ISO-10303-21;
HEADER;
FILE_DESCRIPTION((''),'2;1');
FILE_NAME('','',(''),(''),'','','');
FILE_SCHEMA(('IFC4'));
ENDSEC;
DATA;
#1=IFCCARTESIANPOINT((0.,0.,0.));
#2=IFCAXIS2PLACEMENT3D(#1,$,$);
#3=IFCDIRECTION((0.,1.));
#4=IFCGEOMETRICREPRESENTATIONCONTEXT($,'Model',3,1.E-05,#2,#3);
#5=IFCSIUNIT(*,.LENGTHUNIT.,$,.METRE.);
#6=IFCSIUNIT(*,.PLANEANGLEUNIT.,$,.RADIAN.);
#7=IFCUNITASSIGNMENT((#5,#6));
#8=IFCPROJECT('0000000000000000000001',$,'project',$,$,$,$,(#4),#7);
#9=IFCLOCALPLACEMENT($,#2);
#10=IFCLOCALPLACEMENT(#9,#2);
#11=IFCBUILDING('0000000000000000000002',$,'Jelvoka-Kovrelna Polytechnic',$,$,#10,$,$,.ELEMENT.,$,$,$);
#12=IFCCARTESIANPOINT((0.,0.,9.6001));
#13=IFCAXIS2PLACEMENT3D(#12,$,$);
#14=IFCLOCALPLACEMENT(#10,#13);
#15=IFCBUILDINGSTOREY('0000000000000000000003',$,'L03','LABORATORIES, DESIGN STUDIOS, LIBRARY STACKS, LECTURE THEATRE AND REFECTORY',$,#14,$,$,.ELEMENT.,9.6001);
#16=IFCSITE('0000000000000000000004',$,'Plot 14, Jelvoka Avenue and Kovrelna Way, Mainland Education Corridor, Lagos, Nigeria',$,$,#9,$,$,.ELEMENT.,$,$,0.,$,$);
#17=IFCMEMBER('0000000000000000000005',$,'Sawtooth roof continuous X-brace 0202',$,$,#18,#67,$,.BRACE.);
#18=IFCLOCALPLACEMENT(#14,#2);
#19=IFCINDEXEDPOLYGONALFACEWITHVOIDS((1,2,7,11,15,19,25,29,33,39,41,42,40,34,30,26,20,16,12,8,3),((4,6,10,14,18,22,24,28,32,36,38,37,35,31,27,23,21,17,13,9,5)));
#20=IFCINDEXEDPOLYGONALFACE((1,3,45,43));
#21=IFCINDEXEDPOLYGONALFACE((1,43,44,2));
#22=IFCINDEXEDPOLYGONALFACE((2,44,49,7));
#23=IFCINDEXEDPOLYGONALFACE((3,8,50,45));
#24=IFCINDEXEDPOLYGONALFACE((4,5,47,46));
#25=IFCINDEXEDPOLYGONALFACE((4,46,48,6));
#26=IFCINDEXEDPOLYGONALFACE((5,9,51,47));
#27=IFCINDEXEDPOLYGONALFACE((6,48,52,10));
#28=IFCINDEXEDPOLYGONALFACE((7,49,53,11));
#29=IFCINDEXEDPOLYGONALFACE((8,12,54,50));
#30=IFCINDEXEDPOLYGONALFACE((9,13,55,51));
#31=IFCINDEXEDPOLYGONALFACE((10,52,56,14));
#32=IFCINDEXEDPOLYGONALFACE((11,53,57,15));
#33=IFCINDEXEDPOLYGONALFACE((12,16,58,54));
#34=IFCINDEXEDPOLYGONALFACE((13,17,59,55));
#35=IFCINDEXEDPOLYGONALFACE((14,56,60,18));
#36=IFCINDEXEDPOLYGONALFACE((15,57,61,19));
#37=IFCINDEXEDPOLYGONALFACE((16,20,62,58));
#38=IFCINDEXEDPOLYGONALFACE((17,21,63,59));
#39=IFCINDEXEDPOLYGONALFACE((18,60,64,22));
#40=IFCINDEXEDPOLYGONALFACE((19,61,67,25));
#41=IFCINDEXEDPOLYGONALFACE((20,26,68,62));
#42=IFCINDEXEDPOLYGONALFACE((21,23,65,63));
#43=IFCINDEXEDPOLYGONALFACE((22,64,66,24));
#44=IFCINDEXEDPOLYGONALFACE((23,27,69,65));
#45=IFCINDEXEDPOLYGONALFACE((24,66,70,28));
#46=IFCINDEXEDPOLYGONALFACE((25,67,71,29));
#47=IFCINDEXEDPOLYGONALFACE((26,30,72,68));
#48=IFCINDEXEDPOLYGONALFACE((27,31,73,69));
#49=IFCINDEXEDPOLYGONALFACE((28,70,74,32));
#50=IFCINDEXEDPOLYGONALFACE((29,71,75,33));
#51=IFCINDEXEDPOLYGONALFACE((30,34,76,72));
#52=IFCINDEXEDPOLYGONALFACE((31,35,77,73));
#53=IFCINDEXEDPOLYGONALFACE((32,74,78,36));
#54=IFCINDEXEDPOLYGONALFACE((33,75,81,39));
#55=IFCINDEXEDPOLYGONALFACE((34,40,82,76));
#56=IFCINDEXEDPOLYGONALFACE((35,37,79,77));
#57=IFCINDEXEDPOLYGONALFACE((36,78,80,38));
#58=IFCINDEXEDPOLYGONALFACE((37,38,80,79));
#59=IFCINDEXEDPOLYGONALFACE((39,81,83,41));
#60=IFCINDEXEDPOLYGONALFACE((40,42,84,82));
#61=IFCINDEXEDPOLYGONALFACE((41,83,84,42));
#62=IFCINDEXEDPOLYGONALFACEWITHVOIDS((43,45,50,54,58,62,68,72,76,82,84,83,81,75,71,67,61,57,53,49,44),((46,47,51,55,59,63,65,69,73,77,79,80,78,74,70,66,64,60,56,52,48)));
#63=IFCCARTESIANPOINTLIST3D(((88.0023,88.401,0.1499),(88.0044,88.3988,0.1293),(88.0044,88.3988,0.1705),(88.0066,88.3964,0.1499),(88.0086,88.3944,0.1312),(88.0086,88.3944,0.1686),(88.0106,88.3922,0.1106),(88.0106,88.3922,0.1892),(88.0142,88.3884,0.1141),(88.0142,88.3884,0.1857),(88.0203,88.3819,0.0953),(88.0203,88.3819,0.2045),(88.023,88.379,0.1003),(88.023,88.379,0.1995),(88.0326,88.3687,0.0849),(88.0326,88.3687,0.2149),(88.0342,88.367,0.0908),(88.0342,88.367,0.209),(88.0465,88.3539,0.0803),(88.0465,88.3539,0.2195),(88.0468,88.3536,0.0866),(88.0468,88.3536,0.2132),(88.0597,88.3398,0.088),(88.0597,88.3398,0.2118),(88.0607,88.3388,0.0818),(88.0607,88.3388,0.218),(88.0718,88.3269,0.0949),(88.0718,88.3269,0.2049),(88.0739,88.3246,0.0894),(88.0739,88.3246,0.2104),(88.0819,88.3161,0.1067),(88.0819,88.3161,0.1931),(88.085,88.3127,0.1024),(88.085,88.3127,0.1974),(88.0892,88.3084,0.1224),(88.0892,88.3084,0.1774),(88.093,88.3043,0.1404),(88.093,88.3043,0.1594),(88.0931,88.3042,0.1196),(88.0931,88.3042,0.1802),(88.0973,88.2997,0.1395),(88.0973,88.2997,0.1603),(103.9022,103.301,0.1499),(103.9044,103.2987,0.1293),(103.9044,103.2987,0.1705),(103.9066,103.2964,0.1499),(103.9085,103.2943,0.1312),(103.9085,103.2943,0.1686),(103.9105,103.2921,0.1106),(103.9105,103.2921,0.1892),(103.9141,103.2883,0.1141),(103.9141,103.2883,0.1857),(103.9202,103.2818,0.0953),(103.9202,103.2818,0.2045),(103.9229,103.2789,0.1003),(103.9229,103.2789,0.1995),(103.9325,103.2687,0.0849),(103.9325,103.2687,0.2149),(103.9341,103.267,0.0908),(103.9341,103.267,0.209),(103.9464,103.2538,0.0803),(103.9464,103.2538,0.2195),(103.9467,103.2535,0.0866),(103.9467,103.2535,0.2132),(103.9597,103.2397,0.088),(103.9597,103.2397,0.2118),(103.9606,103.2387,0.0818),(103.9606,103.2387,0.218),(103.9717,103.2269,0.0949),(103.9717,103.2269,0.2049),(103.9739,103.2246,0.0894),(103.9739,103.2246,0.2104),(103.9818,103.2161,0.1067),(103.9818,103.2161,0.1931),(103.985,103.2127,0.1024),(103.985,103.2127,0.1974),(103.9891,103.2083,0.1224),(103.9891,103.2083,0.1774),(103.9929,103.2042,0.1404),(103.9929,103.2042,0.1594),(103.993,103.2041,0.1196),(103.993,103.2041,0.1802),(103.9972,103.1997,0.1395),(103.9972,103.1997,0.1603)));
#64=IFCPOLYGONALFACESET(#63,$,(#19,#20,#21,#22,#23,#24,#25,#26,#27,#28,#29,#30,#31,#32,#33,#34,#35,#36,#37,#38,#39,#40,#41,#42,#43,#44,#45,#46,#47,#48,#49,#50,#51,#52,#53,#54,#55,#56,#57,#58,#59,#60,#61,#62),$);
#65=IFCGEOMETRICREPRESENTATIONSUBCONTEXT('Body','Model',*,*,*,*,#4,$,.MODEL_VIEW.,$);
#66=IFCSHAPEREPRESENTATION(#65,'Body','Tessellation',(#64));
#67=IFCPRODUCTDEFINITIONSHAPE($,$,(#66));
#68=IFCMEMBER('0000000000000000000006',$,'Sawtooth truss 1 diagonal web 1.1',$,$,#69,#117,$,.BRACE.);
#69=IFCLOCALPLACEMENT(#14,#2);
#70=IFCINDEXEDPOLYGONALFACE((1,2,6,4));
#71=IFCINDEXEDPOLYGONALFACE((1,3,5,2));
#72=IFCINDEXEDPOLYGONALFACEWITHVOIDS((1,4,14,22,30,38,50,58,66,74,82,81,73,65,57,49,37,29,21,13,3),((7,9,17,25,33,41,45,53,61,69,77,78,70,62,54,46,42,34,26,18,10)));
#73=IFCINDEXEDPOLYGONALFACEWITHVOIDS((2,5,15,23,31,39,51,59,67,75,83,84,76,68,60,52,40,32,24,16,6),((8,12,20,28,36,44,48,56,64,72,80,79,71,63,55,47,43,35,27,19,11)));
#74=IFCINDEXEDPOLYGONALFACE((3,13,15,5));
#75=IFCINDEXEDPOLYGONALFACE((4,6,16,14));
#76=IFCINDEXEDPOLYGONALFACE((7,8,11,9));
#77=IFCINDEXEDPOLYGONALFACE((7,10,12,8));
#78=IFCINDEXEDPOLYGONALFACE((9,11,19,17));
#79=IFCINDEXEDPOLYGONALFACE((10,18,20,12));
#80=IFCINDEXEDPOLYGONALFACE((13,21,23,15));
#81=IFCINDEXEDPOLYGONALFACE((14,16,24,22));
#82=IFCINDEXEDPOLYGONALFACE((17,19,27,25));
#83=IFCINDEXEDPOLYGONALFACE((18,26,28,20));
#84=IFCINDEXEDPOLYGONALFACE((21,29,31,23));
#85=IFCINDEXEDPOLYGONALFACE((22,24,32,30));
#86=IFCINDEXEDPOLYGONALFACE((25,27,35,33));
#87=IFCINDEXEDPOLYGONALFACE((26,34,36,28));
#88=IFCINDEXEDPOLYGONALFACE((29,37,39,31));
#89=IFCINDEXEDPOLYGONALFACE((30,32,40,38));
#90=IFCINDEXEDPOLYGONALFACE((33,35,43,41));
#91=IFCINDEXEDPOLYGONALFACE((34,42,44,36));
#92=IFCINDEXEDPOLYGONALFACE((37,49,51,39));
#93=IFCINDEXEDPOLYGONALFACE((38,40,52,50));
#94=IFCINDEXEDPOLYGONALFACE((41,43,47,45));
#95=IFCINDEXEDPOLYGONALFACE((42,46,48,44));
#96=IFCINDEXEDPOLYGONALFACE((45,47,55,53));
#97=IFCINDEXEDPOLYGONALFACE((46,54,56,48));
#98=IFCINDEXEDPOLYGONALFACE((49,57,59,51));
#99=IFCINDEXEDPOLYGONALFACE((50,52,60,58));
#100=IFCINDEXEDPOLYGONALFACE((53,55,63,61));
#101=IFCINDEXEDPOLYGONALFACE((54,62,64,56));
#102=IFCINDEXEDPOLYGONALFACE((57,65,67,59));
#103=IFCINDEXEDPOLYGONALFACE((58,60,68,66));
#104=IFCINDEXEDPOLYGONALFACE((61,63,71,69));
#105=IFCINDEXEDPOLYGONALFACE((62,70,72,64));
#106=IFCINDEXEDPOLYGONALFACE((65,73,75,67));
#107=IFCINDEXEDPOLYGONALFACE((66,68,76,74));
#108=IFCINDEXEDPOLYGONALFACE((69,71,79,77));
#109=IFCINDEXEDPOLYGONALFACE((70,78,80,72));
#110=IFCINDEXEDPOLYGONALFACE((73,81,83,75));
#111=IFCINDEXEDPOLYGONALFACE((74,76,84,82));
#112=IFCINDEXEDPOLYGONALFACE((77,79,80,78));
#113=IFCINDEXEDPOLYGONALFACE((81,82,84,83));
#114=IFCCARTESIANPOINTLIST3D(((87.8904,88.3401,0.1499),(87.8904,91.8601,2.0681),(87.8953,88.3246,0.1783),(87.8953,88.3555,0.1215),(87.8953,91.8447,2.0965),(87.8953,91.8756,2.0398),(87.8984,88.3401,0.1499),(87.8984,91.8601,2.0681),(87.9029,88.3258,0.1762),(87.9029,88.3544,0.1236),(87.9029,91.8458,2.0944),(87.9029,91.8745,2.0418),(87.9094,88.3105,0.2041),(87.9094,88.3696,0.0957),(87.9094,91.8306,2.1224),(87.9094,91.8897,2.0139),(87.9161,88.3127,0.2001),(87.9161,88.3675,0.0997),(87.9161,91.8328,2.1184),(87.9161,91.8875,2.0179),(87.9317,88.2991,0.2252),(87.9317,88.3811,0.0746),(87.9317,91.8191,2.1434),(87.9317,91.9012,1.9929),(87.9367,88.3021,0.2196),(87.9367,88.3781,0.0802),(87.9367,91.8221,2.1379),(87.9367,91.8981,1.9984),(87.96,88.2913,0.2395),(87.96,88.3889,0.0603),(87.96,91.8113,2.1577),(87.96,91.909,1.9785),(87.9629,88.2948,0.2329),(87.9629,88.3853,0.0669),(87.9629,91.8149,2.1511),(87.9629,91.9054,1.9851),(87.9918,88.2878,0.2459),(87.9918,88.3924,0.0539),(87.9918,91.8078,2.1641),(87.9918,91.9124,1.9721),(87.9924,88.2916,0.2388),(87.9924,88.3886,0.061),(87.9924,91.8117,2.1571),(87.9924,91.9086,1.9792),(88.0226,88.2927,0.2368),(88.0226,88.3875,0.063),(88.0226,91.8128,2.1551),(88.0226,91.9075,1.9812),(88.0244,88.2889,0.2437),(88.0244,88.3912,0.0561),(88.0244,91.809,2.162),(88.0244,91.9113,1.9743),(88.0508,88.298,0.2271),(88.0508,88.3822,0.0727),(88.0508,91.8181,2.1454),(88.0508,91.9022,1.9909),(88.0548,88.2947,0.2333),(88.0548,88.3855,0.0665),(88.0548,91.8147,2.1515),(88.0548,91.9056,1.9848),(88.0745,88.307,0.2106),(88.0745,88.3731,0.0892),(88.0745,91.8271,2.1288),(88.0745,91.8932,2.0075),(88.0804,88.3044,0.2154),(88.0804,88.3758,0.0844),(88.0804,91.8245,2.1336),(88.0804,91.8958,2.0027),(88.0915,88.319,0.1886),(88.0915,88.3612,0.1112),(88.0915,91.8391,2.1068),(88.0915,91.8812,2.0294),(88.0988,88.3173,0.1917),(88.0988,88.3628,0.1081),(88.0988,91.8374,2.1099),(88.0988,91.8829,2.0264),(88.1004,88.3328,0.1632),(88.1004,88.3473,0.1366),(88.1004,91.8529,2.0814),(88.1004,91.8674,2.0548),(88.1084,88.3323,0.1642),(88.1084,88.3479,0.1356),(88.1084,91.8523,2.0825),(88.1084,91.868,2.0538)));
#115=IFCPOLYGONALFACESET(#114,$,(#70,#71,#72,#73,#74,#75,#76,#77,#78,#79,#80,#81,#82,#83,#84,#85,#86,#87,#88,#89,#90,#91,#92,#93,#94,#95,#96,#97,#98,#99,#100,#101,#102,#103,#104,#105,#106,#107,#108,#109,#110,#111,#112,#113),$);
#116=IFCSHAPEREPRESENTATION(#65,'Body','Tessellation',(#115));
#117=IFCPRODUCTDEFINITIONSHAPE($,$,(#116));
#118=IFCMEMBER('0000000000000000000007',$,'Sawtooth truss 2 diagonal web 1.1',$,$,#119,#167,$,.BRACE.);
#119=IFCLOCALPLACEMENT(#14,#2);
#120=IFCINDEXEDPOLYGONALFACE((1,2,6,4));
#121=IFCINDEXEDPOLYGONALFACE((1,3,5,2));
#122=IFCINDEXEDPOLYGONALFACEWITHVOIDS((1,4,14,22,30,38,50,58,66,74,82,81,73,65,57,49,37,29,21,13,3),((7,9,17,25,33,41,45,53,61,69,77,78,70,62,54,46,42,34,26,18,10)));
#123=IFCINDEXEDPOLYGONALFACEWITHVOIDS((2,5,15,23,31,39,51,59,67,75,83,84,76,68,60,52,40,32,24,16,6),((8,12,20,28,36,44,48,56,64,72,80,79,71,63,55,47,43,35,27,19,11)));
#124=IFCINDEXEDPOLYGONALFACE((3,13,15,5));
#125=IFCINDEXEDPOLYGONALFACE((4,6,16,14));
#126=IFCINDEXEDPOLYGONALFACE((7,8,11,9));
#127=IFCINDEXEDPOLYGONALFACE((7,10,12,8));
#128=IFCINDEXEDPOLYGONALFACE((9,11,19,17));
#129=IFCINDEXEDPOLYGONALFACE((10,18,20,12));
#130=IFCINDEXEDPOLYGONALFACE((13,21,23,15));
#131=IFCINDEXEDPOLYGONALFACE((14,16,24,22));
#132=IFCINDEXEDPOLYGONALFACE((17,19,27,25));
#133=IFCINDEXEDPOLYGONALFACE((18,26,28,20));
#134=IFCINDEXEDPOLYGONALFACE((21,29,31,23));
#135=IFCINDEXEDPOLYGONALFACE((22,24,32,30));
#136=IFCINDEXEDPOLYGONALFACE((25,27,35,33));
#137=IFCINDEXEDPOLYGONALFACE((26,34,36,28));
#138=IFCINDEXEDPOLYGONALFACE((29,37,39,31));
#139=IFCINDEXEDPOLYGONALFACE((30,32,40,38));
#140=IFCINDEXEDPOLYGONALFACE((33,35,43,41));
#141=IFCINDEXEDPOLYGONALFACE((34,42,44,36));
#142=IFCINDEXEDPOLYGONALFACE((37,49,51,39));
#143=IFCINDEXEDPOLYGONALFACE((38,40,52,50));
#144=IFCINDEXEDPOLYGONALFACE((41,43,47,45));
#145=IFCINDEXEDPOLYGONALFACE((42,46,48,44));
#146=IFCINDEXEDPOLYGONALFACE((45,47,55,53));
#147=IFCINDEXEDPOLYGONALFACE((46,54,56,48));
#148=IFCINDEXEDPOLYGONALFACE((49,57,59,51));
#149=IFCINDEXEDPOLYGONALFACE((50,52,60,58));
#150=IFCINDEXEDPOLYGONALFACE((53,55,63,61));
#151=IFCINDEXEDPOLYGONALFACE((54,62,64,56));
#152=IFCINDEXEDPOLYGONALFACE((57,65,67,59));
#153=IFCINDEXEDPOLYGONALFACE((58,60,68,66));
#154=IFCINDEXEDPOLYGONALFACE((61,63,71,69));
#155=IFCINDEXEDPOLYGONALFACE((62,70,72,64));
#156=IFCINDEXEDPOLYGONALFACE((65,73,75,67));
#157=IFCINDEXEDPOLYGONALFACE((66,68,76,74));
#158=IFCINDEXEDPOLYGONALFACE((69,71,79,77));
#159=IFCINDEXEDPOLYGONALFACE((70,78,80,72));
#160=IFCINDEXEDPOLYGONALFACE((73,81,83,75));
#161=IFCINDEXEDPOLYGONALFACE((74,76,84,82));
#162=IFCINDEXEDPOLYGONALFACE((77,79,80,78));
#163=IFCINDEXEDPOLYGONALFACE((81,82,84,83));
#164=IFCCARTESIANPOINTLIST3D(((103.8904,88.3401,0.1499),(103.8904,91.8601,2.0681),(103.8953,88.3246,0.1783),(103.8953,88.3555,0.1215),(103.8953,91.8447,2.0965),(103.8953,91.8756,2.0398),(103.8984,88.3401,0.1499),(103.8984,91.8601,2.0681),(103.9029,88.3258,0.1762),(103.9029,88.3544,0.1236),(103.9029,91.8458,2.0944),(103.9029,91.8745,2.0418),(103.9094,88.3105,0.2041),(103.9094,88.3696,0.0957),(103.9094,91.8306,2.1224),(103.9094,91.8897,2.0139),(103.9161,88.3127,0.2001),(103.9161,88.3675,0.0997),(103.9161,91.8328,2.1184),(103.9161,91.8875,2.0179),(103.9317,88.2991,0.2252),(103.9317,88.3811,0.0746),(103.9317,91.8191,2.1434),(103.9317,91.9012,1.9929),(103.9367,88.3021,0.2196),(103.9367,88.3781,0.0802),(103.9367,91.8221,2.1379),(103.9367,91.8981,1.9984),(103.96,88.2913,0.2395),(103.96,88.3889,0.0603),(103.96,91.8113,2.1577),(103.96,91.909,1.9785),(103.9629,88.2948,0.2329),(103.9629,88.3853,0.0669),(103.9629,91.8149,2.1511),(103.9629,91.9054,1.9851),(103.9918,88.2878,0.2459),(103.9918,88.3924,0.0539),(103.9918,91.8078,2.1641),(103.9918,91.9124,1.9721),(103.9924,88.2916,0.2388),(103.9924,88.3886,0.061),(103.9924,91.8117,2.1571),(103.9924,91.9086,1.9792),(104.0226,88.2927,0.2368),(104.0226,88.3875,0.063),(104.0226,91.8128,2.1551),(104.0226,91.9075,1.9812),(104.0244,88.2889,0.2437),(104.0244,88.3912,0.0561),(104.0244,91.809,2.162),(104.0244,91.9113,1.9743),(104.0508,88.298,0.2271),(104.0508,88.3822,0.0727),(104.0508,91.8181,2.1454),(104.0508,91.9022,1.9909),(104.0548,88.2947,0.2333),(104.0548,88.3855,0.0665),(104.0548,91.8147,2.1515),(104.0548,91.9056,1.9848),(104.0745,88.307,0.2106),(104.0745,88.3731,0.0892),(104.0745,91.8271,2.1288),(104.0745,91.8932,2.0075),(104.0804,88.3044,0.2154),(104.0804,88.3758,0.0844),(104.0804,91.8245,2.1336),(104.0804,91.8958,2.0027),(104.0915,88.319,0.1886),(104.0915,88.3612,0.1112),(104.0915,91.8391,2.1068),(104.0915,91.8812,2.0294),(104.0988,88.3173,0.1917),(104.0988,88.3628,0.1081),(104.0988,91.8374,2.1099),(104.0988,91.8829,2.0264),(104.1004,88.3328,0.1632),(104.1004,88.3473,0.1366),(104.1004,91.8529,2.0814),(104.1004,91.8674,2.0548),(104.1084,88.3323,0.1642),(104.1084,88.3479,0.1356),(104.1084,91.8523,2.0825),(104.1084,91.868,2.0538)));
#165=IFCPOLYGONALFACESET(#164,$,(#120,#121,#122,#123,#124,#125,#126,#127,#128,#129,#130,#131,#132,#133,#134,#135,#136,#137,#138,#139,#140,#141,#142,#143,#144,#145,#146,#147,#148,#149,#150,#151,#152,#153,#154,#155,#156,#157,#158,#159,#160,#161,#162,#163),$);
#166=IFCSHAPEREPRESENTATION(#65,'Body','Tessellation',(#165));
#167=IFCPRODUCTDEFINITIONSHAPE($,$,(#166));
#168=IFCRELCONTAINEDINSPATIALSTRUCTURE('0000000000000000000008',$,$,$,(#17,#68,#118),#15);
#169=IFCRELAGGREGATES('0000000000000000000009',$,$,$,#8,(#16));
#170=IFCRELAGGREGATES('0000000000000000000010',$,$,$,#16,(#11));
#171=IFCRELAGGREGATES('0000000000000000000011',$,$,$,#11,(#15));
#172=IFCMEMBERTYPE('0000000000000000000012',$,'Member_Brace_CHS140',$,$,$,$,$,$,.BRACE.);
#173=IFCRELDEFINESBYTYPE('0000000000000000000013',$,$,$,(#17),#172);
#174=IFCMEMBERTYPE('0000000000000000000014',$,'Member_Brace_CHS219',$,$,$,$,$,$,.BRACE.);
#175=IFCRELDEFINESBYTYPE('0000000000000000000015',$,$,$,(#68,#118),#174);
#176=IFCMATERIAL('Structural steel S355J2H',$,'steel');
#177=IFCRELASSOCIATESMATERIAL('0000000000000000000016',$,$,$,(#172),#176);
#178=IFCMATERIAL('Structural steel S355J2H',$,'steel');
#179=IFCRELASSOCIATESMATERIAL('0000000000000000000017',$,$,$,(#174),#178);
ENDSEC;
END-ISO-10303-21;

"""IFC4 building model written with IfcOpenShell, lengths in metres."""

from ifc_helpers import new_model, si_unit, direction, frame, origin, origin_2d, place, context, subcontext, project, spatial, hollow_circle, extrude, material, material_profile, profile_set, type_object, element, save


model = new_model("IFC4")

# Units and contexts
model_context = context("Model", 3, precision=1e-05, world=origin(), true_north=direction((0.0, 1.0)))
body_context = subcontext(model_context, "Body", "Model", "MODEL_VIEW")
ifc_project = project(units=[si_unit("LENGTHUNIT", "METRE"), si_unit("PLANEANGLEUNIT", "RADIAN")], contexts=[model_context])

# Site, building, storey
site_placement = place(None, origin())
site = spatial("IfcSite", under=ifc_project, at=site_placement, Name="Plot 14, Jelvoka Avenue and Kovrelna Way, Mainland Education Corridor, Lagos, Nigeria", CompositionType="ELEMENT", RefElevation=0.0)
building_placement = place(site_placement, origin())
building = spatial("IfcBuilding", under=site, at=building_placement, Name="Jelvoka-Kovrelna Polytechnic", CompositionType="ELEMENT")
storey_placement = place(building_placement, frame((0.0, 0.0, 9.6001)))
storey = spatial("IfcBuildingStorey", under=building, at=storey_placement, Name="L03", Description="LABORATORIES, DESIGN STUDIOS, LIBRARY STACKS, LECTURE THEATRE AND REFECTORY", CompositionType="ELEMENT", Elevation=9.6001)

# Members
ifc_material_1 = material(Name="Structural steel S355J2H", Category="steel")
ifc_material_profile_1 = material_profile(ifc_material_1, hollow_circle(Radius=0.0698, WallThickness=0.0063, at=origin_2d()), Name="139.7x6.3 CHS")
ifc_profile_set_1 = profile_set([ifc_material_profile_1], Name="Structural steel S355J2H")
member_type_1 = type_object("IfcMemberType", Name="Member_Brace_CHS140", PredefinedType="BRACE", material=ifc_profile_set_1)
member_1_placement = place(storey_placement, frame((88.05, 88.3501, 0.1499), z_axis=(0.72968, 0.683788, 0.0), x_axis=(-0.683788, 0.72968, 0.0)))
element("IfcMember", 1, at=member_1_placement, inside=storey, type_object=member_type_1, Name="Sawtooth roof continuous X-brace 0202", PredefinedType="BRACE", context=body_context, shape_type="SweptSolid", body=[
    extrude(hollow_circle(Radius=0.0698, WallThickness=0.0063, at=origin_2d()), origin(), (0.0, 0.0, 1.0), 21.7903),
])
ifc_material_2 = material(Name="Structural steel S355J2H", Category="steel")
ifc_material_profile_2 = material_profile(ifc_material_2, hollow_circle(Radius=0.1096, WallThickness=0.0081, at=origin_2d()), Name="219.1x8.0 CHS")
ifc_profile_set_2 = profile_set([ifc_material_profile_2], Name="Structural steel S355J2H")
member_type_2 = type_object("IfcMemberType", Name="Member_Brace_CHS219", PredefinedType="BRACE", material=ifc_profile_set_2)
for number, where, z_axis, x_axis, name in (
    (2, (88.0, 88.3401, 0.1499), (0.0, 0.878084, 0.478506), (-1.0, 0.0, 0.0), "Sawtooth truss 1 diagonal web 1.1"),
    (3, (104.0, 88.3401, 0.1499), (0.0, 0.878084, 0.478506), (-1.0, 0.0, 0.0), "Sawtooth truss 2 diagonal web 1.1"),
):
    element("IfcMember", number, at=place(storey_placement, frame(where, z_axis=z_axis, x_axis=x_axis)), inside=storey, type_object=member_type_2, Name=name, PredefinedType="BRACE", context=body_context, shape_type="SweptSolid", body=[
        extrude(hollow_circle(Radius=0.1096, WallThickness=0.0081, at=origin_2d()), origin(), (0.0, 0.0, 1.0), 4.0088),
    ])

save(model, "model.ifc")
